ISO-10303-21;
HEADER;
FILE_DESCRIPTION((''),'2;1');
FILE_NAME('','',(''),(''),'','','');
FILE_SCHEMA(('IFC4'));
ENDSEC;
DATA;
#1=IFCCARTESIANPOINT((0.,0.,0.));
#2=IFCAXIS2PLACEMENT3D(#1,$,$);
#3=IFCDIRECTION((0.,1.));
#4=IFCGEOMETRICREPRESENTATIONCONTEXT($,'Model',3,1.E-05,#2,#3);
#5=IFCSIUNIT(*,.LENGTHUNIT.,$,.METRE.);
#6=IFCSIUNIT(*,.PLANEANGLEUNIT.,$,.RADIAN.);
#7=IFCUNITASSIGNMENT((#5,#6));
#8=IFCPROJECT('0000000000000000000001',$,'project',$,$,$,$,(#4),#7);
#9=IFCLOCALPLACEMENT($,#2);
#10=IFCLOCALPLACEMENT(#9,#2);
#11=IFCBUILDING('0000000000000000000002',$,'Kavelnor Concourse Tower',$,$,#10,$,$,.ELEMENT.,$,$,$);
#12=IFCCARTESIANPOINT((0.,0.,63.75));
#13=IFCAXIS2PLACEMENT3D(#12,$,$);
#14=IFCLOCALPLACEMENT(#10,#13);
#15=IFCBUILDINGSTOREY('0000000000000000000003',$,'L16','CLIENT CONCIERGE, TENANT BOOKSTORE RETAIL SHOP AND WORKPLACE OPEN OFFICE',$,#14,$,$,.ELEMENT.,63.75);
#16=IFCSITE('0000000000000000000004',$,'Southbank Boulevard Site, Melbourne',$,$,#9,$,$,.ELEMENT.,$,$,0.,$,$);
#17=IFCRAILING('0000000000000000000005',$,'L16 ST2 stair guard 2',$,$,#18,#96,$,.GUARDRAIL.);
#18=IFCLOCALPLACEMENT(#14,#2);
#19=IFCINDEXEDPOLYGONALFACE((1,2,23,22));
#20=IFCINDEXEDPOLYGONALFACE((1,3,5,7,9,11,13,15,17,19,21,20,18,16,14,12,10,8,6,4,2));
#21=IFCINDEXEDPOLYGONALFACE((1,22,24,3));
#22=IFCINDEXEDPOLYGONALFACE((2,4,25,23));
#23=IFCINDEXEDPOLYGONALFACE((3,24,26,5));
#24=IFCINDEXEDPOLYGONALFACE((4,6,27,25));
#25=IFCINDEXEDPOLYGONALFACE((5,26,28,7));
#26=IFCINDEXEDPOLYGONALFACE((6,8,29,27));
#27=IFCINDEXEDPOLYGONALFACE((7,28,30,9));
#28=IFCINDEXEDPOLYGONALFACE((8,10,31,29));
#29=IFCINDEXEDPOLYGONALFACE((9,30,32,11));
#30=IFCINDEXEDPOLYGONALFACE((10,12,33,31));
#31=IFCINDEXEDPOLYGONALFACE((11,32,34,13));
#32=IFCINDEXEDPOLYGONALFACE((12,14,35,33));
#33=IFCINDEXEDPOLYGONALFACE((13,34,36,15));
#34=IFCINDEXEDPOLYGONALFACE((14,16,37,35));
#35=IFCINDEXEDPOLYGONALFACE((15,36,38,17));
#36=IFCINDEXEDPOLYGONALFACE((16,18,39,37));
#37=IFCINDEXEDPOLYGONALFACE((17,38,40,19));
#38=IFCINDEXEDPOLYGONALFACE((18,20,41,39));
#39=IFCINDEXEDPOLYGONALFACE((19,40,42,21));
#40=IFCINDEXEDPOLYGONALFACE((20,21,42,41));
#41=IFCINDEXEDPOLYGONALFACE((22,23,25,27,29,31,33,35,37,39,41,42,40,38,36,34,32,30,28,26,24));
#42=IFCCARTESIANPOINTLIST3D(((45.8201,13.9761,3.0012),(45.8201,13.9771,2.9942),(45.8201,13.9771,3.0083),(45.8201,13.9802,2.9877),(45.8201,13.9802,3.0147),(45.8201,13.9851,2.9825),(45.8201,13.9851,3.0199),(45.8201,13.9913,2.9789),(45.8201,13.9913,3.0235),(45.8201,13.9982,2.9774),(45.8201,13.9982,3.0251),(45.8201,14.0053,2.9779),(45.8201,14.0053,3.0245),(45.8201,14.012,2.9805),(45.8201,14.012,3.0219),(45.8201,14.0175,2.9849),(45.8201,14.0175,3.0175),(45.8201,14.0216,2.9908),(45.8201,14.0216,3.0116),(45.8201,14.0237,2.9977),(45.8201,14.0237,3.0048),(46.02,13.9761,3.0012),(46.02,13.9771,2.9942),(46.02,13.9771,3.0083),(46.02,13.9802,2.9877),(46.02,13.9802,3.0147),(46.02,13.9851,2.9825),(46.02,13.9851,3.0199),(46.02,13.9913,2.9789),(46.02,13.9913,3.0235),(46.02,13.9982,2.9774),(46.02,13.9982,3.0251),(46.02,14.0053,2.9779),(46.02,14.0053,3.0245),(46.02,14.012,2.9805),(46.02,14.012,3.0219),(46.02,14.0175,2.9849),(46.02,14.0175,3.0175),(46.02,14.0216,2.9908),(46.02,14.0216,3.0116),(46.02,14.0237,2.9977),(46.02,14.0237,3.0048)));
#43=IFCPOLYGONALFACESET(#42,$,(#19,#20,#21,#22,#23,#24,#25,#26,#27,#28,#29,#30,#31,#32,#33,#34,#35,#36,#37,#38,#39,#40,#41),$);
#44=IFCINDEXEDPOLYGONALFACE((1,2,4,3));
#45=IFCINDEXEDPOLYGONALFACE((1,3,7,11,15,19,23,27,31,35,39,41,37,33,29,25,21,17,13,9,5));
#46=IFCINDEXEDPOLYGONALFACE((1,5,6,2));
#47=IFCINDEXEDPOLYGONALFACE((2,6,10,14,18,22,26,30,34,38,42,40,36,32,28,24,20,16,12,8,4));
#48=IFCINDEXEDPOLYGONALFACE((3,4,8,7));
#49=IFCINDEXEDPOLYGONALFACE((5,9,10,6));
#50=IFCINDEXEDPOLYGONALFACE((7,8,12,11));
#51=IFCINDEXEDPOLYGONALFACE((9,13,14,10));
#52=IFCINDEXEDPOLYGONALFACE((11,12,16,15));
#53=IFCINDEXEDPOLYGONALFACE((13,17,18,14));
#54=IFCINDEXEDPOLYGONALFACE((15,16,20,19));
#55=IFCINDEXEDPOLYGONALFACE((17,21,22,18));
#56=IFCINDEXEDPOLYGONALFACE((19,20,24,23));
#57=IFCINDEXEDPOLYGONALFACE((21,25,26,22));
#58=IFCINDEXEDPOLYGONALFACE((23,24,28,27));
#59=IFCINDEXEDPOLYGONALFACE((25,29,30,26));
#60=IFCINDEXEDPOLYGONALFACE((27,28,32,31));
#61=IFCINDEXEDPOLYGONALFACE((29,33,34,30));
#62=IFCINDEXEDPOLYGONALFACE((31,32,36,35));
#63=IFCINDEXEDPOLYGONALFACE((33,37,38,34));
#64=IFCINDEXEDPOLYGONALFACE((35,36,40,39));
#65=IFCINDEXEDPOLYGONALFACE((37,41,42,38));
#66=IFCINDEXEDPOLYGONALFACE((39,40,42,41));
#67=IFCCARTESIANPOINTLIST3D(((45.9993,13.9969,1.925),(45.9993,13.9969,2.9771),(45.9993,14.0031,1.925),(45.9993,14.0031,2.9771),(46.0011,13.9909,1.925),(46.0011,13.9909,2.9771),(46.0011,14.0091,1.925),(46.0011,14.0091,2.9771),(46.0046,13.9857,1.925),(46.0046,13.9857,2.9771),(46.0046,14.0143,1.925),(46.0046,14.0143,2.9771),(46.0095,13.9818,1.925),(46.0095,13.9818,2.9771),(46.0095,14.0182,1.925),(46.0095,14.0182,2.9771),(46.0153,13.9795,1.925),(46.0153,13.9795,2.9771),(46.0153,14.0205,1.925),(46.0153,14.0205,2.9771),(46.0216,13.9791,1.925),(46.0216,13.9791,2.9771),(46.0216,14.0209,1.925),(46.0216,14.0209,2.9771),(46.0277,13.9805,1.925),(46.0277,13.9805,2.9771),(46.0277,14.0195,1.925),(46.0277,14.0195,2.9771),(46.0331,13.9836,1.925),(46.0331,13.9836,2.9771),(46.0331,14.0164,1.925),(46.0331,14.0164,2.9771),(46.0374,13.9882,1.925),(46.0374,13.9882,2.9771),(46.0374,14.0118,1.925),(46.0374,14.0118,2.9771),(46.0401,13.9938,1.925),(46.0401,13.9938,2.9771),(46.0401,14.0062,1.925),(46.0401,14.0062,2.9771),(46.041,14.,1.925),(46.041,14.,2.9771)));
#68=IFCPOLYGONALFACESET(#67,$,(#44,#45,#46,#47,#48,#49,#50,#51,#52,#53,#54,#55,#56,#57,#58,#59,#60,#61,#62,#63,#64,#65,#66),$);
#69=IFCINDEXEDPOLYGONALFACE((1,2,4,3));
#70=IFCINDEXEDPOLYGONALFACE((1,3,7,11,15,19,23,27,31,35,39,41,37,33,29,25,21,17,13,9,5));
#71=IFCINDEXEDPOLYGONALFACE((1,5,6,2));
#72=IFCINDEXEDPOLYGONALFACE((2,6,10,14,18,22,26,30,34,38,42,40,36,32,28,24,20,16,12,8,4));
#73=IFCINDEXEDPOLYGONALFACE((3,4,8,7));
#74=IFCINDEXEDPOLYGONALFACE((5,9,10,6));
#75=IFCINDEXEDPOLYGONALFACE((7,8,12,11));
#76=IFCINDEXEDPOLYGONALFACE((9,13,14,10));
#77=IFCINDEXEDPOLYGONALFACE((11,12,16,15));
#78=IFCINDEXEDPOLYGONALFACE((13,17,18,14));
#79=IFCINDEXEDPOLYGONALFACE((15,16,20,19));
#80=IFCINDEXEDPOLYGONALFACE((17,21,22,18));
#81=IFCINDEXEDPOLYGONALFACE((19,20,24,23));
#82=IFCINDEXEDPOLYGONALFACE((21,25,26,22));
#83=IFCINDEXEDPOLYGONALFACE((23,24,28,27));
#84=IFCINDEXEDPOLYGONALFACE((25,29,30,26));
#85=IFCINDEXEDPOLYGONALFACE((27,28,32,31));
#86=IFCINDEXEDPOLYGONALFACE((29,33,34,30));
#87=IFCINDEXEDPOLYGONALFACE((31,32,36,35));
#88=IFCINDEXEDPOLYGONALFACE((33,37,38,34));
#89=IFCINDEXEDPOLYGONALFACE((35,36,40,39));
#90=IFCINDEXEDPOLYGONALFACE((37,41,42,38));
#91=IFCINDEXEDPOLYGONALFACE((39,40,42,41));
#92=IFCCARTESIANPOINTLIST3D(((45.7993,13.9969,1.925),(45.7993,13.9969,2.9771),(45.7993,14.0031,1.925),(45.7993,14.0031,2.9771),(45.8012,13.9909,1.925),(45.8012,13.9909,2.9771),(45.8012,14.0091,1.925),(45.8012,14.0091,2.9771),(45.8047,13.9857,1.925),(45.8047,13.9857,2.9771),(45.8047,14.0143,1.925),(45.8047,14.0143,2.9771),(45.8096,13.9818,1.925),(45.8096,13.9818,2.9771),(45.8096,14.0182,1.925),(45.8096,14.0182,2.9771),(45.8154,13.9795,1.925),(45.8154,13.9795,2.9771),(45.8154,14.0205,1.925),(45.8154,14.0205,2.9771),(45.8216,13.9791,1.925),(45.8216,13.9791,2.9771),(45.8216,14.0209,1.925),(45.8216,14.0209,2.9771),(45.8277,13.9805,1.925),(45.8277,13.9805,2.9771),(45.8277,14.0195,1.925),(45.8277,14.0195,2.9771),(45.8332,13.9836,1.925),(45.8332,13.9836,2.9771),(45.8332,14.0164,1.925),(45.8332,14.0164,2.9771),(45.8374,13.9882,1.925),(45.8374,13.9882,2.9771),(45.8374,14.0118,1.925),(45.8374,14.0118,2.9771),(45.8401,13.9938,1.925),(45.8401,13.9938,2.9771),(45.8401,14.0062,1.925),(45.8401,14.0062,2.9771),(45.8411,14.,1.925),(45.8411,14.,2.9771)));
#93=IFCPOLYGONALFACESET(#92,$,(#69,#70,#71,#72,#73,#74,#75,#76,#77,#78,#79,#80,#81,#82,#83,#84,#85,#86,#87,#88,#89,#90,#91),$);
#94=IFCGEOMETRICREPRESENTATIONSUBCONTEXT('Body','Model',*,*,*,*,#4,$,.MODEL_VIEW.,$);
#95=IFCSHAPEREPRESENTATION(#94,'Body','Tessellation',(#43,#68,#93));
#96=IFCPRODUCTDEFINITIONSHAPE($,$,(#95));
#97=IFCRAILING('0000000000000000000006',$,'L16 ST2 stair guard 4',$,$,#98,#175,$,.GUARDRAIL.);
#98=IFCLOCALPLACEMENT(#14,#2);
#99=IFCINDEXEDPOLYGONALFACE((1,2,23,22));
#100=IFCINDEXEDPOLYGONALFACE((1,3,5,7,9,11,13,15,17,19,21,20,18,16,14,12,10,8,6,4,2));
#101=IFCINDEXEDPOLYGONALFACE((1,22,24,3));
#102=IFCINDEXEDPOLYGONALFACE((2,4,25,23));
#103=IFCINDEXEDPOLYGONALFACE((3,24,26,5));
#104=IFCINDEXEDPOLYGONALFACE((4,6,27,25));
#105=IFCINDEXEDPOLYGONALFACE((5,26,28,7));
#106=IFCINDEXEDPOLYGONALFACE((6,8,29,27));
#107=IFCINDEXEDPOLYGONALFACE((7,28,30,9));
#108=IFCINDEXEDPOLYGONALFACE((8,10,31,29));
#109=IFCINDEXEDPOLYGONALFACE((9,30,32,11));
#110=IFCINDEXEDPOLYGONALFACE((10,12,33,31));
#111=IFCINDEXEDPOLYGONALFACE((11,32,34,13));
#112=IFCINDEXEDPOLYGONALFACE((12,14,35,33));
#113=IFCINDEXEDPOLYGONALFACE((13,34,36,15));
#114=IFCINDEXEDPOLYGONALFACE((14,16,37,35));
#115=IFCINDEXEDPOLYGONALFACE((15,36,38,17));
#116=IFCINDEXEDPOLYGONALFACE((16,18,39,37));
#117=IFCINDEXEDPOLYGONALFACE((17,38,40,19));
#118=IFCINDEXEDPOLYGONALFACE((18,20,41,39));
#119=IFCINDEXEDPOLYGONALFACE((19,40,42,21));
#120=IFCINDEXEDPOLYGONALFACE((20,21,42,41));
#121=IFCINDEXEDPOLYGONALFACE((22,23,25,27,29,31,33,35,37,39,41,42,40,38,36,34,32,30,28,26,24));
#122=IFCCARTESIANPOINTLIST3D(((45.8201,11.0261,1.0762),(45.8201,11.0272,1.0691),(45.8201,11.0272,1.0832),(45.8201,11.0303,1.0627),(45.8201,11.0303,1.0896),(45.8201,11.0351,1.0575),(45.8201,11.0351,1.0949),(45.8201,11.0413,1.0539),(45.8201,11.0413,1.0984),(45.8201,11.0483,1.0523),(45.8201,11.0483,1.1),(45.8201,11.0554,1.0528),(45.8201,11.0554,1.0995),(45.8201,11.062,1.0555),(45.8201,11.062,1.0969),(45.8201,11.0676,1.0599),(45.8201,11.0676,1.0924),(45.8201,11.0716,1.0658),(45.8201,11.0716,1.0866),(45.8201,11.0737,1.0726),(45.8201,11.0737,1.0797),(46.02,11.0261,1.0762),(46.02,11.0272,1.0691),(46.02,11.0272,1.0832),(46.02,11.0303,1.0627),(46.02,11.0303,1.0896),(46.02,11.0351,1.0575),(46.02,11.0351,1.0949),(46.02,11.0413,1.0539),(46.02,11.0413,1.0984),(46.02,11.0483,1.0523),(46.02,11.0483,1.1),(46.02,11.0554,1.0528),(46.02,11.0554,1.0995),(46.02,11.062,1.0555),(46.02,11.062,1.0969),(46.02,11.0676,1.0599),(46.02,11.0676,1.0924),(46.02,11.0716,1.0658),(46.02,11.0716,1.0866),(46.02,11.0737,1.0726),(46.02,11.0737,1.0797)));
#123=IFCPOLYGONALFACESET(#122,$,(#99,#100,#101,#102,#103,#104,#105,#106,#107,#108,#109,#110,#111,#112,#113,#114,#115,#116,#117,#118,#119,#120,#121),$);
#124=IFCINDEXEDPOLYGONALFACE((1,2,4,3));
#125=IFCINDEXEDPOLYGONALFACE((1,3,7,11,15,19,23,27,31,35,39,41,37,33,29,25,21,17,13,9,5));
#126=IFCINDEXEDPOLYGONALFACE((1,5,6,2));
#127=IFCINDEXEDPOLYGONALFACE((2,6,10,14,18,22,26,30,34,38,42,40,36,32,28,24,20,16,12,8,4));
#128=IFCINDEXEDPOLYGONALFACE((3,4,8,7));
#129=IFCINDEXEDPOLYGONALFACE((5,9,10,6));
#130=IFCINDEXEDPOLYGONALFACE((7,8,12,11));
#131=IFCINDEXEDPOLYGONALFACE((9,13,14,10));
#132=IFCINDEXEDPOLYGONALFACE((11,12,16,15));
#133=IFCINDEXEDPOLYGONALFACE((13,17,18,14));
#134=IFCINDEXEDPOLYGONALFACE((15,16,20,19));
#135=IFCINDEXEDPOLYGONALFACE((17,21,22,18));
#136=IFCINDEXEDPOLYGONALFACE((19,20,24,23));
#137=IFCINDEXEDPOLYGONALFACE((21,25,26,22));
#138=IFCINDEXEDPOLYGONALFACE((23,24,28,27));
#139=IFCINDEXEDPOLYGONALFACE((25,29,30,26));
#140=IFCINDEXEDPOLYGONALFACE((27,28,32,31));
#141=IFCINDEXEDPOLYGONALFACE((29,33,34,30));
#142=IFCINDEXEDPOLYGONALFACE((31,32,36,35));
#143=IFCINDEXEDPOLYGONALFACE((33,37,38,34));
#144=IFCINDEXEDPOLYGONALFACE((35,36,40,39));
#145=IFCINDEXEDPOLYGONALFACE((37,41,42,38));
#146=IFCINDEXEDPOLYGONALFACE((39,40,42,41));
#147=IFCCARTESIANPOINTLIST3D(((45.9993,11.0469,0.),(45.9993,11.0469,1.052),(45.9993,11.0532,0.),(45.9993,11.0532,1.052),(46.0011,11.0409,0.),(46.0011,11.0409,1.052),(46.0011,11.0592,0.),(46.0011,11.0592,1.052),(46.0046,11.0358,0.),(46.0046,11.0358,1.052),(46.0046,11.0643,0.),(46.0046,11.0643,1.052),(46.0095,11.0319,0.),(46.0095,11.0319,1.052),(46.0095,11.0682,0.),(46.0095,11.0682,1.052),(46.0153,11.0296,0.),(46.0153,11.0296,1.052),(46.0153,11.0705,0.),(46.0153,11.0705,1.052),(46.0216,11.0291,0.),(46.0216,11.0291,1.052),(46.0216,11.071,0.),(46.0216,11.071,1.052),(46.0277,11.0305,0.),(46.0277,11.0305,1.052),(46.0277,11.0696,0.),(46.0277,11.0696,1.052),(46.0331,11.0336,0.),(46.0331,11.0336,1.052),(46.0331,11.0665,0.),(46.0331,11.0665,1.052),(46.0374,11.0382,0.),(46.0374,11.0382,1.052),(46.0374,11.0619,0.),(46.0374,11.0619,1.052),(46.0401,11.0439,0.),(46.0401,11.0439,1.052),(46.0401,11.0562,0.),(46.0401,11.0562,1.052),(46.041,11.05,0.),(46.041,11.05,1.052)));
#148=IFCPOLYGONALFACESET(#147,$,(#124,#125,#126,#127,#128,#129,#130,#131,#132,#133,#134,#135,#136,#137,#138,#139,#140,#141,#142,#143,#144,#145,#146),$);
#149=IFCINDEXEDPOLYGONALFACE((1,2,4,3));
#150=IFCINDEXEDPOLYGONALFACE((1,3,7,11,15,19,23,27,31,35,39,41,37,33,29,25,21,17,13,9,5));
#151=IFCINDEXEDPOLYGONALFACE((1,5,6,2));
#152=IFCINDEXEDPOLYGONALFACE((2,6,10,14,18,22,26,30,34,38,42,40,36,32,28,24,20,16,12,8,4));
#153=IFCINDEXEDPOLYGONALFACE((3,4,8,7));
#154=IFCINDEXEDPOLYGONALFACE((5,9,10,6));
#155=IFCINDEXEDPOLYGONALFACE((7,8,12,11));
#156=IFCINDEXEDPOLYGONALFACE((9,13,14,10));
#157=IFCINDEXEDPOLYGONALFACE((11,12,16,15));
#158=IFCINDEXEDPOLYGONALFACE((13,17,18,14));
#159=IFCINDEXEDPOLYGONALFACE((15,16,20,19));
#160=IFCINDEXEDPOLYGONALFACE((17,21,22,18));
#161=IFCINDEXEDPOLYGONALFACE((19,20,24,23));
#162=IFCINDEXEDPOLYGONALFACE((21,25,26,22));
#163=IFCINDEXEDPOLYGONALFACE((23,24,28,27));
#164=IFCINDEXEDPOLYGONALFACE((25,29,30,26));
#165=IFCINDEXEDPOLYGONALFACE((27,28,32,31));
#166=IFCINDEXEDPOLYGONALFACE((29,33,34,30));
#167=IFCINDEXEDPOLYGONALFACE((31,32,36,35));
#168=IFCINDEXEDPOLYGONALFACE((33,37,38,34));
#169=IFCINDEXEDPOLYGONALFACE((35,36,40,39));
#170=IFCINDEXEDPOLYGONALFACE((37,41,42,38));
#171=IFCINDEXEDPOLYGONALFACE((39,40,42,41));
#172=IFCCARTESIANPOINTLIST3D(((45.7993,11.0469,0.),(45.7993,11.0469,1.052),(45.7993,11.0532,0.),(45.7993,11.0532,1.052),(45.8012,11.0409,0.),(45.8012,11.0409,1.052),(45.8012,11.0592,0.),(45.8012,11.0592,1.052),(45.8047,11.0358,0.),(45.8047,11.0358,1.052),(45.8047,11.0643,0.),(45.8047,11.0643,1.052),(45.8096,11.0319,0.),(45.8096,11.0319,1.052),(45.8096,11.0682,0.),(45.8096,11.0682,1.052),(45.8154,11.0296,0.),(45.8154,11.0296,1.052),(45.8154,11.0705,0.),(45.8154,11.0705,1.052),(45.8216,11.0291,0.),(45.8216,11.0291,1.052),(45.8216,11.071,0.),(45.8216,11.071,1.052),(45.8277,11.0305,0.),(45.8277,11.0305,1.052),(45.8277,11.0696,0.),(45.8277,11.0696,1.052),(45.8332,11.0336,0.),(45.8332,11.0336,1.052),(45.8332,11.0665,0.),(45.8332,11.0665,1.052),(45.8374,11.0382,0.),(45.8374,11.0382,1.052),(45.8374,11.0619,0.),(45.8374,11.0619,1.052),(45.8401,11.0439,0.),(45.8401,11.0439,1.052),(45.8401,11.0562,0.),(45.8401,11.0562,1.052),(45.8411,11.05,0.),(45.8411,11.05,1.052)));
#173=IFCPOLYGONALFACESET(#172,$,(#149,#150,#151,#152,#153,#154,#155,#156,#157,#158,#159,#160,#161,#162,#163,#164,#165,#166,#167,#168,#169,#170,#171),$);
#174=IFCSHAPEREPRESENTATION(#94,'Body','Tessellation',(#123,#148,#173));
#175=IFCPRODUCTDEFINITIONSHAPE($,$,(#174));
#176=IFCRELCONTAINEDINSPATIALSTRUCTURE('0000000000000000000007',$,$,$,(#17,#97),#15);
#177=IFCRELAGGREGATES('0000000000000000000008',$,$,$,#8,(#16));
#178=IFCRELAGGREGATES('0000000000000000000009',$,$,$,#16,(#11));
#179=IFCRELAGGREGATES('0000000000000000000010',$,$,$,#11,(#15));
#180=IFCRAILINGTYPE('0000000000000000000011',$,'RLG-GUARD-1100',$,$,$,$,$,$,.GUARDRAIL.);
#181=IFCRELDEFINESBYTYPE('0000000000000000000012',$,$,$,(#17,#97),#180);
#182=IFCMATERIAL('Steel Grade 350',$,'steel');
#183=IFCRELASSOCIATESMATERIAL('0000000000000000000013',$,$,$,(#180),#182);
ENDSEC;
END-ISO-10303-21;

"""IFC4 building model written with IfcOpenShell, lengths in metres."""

from ifc_helpers import new_model, si_unit, direction, frame, origin, origin_2d, place, context, subcontext, project, spatial, circle, extrude, material, type_object, element, save


model = new_model("IFC4")

# Units and contexts
model_context = context("Model", 3, precision=1e-05, world=origin(), true_north=direction((0.0, 1.0)))
body_context = subcontext(model_context, "Body", "Model", "MODEL_VIEW")
ifc_project = project(units=[si_unit("LENGTHUNIT", "METRE"), si_unit("PLANEANGLEUNIT", "RADIAN")], contexts=[model_context])

# Site, building, storey
site_placement = place(None, origin())
site = spatial("IfcSite", under=ifc_project, at=site_placement, Name="Southbank Boulevard Site, Melbourne", CompositionType="ELEMENT", RefElevation=0.0)
building_placement = place(site_placement, origin())
building = spatial("IfcBuilding", under=site, at=building_placement, Name="Kavelnor Concourse Tower", CompositionType="ELEMENT")
storey_placement = place(building_placement, frame((0.0, 0.0, 63.75)))
storey = spatial("IfcBuildingStorey", under=building, at=storey_placement, Name="L16", Description="CLIENT CONCIERGE, TENANT BOOKSTORE RETAIL SHOP AND WORKPLACE OPEN OFFICE", CompositionType="ELEMENT", Elevation=63.75)

# Shared definitions
ifc_material_1 = material(Name="Steel Grade 350", Category="steel")

# Railings
railing_type_1 = type_object("IfcRailingType", Name="RLG-GUARD-1100", PredefinedType="GUARDRAIL", material=ifc_material_1)
for number, where, name in (
    (1, (46.02, 14.0, 1.925), "L16 ST2 stair guard 2"),
    (2, (46.02, 11.05, 0.0), "L16 ST2 stair guard 4"),
):
    element("IfcRailing", number, at=place(storey_placement, frame(where)), inside=storey, type_object=railing_type_1, Name=name, PredefinedType="GUARDRAIL", context=body_context, shape_type="SweptSolid", body=[
        extrude(circle(Radius=0.0239, at=origin_2d()), frame((0.0, 0.0, 1.0762), z_axis=(-1.0, 0.0, 0.0), x_axis=(0.0, -1.0, 0.0)), (0.0, 0.0, 1.0), 0.2),
        extrude(circle(Radius=0.021, at=origin_2d()), origin(), (0.0, 0.0, 1.0), 1.052),
        extrude(circle(Radius=0.021, at=origin_2d()), frame((-0.2, 0.0, 0.0)), (0.0, 0.0, 1.0), 1.052),
    ])

save(model, "model.ifc")
